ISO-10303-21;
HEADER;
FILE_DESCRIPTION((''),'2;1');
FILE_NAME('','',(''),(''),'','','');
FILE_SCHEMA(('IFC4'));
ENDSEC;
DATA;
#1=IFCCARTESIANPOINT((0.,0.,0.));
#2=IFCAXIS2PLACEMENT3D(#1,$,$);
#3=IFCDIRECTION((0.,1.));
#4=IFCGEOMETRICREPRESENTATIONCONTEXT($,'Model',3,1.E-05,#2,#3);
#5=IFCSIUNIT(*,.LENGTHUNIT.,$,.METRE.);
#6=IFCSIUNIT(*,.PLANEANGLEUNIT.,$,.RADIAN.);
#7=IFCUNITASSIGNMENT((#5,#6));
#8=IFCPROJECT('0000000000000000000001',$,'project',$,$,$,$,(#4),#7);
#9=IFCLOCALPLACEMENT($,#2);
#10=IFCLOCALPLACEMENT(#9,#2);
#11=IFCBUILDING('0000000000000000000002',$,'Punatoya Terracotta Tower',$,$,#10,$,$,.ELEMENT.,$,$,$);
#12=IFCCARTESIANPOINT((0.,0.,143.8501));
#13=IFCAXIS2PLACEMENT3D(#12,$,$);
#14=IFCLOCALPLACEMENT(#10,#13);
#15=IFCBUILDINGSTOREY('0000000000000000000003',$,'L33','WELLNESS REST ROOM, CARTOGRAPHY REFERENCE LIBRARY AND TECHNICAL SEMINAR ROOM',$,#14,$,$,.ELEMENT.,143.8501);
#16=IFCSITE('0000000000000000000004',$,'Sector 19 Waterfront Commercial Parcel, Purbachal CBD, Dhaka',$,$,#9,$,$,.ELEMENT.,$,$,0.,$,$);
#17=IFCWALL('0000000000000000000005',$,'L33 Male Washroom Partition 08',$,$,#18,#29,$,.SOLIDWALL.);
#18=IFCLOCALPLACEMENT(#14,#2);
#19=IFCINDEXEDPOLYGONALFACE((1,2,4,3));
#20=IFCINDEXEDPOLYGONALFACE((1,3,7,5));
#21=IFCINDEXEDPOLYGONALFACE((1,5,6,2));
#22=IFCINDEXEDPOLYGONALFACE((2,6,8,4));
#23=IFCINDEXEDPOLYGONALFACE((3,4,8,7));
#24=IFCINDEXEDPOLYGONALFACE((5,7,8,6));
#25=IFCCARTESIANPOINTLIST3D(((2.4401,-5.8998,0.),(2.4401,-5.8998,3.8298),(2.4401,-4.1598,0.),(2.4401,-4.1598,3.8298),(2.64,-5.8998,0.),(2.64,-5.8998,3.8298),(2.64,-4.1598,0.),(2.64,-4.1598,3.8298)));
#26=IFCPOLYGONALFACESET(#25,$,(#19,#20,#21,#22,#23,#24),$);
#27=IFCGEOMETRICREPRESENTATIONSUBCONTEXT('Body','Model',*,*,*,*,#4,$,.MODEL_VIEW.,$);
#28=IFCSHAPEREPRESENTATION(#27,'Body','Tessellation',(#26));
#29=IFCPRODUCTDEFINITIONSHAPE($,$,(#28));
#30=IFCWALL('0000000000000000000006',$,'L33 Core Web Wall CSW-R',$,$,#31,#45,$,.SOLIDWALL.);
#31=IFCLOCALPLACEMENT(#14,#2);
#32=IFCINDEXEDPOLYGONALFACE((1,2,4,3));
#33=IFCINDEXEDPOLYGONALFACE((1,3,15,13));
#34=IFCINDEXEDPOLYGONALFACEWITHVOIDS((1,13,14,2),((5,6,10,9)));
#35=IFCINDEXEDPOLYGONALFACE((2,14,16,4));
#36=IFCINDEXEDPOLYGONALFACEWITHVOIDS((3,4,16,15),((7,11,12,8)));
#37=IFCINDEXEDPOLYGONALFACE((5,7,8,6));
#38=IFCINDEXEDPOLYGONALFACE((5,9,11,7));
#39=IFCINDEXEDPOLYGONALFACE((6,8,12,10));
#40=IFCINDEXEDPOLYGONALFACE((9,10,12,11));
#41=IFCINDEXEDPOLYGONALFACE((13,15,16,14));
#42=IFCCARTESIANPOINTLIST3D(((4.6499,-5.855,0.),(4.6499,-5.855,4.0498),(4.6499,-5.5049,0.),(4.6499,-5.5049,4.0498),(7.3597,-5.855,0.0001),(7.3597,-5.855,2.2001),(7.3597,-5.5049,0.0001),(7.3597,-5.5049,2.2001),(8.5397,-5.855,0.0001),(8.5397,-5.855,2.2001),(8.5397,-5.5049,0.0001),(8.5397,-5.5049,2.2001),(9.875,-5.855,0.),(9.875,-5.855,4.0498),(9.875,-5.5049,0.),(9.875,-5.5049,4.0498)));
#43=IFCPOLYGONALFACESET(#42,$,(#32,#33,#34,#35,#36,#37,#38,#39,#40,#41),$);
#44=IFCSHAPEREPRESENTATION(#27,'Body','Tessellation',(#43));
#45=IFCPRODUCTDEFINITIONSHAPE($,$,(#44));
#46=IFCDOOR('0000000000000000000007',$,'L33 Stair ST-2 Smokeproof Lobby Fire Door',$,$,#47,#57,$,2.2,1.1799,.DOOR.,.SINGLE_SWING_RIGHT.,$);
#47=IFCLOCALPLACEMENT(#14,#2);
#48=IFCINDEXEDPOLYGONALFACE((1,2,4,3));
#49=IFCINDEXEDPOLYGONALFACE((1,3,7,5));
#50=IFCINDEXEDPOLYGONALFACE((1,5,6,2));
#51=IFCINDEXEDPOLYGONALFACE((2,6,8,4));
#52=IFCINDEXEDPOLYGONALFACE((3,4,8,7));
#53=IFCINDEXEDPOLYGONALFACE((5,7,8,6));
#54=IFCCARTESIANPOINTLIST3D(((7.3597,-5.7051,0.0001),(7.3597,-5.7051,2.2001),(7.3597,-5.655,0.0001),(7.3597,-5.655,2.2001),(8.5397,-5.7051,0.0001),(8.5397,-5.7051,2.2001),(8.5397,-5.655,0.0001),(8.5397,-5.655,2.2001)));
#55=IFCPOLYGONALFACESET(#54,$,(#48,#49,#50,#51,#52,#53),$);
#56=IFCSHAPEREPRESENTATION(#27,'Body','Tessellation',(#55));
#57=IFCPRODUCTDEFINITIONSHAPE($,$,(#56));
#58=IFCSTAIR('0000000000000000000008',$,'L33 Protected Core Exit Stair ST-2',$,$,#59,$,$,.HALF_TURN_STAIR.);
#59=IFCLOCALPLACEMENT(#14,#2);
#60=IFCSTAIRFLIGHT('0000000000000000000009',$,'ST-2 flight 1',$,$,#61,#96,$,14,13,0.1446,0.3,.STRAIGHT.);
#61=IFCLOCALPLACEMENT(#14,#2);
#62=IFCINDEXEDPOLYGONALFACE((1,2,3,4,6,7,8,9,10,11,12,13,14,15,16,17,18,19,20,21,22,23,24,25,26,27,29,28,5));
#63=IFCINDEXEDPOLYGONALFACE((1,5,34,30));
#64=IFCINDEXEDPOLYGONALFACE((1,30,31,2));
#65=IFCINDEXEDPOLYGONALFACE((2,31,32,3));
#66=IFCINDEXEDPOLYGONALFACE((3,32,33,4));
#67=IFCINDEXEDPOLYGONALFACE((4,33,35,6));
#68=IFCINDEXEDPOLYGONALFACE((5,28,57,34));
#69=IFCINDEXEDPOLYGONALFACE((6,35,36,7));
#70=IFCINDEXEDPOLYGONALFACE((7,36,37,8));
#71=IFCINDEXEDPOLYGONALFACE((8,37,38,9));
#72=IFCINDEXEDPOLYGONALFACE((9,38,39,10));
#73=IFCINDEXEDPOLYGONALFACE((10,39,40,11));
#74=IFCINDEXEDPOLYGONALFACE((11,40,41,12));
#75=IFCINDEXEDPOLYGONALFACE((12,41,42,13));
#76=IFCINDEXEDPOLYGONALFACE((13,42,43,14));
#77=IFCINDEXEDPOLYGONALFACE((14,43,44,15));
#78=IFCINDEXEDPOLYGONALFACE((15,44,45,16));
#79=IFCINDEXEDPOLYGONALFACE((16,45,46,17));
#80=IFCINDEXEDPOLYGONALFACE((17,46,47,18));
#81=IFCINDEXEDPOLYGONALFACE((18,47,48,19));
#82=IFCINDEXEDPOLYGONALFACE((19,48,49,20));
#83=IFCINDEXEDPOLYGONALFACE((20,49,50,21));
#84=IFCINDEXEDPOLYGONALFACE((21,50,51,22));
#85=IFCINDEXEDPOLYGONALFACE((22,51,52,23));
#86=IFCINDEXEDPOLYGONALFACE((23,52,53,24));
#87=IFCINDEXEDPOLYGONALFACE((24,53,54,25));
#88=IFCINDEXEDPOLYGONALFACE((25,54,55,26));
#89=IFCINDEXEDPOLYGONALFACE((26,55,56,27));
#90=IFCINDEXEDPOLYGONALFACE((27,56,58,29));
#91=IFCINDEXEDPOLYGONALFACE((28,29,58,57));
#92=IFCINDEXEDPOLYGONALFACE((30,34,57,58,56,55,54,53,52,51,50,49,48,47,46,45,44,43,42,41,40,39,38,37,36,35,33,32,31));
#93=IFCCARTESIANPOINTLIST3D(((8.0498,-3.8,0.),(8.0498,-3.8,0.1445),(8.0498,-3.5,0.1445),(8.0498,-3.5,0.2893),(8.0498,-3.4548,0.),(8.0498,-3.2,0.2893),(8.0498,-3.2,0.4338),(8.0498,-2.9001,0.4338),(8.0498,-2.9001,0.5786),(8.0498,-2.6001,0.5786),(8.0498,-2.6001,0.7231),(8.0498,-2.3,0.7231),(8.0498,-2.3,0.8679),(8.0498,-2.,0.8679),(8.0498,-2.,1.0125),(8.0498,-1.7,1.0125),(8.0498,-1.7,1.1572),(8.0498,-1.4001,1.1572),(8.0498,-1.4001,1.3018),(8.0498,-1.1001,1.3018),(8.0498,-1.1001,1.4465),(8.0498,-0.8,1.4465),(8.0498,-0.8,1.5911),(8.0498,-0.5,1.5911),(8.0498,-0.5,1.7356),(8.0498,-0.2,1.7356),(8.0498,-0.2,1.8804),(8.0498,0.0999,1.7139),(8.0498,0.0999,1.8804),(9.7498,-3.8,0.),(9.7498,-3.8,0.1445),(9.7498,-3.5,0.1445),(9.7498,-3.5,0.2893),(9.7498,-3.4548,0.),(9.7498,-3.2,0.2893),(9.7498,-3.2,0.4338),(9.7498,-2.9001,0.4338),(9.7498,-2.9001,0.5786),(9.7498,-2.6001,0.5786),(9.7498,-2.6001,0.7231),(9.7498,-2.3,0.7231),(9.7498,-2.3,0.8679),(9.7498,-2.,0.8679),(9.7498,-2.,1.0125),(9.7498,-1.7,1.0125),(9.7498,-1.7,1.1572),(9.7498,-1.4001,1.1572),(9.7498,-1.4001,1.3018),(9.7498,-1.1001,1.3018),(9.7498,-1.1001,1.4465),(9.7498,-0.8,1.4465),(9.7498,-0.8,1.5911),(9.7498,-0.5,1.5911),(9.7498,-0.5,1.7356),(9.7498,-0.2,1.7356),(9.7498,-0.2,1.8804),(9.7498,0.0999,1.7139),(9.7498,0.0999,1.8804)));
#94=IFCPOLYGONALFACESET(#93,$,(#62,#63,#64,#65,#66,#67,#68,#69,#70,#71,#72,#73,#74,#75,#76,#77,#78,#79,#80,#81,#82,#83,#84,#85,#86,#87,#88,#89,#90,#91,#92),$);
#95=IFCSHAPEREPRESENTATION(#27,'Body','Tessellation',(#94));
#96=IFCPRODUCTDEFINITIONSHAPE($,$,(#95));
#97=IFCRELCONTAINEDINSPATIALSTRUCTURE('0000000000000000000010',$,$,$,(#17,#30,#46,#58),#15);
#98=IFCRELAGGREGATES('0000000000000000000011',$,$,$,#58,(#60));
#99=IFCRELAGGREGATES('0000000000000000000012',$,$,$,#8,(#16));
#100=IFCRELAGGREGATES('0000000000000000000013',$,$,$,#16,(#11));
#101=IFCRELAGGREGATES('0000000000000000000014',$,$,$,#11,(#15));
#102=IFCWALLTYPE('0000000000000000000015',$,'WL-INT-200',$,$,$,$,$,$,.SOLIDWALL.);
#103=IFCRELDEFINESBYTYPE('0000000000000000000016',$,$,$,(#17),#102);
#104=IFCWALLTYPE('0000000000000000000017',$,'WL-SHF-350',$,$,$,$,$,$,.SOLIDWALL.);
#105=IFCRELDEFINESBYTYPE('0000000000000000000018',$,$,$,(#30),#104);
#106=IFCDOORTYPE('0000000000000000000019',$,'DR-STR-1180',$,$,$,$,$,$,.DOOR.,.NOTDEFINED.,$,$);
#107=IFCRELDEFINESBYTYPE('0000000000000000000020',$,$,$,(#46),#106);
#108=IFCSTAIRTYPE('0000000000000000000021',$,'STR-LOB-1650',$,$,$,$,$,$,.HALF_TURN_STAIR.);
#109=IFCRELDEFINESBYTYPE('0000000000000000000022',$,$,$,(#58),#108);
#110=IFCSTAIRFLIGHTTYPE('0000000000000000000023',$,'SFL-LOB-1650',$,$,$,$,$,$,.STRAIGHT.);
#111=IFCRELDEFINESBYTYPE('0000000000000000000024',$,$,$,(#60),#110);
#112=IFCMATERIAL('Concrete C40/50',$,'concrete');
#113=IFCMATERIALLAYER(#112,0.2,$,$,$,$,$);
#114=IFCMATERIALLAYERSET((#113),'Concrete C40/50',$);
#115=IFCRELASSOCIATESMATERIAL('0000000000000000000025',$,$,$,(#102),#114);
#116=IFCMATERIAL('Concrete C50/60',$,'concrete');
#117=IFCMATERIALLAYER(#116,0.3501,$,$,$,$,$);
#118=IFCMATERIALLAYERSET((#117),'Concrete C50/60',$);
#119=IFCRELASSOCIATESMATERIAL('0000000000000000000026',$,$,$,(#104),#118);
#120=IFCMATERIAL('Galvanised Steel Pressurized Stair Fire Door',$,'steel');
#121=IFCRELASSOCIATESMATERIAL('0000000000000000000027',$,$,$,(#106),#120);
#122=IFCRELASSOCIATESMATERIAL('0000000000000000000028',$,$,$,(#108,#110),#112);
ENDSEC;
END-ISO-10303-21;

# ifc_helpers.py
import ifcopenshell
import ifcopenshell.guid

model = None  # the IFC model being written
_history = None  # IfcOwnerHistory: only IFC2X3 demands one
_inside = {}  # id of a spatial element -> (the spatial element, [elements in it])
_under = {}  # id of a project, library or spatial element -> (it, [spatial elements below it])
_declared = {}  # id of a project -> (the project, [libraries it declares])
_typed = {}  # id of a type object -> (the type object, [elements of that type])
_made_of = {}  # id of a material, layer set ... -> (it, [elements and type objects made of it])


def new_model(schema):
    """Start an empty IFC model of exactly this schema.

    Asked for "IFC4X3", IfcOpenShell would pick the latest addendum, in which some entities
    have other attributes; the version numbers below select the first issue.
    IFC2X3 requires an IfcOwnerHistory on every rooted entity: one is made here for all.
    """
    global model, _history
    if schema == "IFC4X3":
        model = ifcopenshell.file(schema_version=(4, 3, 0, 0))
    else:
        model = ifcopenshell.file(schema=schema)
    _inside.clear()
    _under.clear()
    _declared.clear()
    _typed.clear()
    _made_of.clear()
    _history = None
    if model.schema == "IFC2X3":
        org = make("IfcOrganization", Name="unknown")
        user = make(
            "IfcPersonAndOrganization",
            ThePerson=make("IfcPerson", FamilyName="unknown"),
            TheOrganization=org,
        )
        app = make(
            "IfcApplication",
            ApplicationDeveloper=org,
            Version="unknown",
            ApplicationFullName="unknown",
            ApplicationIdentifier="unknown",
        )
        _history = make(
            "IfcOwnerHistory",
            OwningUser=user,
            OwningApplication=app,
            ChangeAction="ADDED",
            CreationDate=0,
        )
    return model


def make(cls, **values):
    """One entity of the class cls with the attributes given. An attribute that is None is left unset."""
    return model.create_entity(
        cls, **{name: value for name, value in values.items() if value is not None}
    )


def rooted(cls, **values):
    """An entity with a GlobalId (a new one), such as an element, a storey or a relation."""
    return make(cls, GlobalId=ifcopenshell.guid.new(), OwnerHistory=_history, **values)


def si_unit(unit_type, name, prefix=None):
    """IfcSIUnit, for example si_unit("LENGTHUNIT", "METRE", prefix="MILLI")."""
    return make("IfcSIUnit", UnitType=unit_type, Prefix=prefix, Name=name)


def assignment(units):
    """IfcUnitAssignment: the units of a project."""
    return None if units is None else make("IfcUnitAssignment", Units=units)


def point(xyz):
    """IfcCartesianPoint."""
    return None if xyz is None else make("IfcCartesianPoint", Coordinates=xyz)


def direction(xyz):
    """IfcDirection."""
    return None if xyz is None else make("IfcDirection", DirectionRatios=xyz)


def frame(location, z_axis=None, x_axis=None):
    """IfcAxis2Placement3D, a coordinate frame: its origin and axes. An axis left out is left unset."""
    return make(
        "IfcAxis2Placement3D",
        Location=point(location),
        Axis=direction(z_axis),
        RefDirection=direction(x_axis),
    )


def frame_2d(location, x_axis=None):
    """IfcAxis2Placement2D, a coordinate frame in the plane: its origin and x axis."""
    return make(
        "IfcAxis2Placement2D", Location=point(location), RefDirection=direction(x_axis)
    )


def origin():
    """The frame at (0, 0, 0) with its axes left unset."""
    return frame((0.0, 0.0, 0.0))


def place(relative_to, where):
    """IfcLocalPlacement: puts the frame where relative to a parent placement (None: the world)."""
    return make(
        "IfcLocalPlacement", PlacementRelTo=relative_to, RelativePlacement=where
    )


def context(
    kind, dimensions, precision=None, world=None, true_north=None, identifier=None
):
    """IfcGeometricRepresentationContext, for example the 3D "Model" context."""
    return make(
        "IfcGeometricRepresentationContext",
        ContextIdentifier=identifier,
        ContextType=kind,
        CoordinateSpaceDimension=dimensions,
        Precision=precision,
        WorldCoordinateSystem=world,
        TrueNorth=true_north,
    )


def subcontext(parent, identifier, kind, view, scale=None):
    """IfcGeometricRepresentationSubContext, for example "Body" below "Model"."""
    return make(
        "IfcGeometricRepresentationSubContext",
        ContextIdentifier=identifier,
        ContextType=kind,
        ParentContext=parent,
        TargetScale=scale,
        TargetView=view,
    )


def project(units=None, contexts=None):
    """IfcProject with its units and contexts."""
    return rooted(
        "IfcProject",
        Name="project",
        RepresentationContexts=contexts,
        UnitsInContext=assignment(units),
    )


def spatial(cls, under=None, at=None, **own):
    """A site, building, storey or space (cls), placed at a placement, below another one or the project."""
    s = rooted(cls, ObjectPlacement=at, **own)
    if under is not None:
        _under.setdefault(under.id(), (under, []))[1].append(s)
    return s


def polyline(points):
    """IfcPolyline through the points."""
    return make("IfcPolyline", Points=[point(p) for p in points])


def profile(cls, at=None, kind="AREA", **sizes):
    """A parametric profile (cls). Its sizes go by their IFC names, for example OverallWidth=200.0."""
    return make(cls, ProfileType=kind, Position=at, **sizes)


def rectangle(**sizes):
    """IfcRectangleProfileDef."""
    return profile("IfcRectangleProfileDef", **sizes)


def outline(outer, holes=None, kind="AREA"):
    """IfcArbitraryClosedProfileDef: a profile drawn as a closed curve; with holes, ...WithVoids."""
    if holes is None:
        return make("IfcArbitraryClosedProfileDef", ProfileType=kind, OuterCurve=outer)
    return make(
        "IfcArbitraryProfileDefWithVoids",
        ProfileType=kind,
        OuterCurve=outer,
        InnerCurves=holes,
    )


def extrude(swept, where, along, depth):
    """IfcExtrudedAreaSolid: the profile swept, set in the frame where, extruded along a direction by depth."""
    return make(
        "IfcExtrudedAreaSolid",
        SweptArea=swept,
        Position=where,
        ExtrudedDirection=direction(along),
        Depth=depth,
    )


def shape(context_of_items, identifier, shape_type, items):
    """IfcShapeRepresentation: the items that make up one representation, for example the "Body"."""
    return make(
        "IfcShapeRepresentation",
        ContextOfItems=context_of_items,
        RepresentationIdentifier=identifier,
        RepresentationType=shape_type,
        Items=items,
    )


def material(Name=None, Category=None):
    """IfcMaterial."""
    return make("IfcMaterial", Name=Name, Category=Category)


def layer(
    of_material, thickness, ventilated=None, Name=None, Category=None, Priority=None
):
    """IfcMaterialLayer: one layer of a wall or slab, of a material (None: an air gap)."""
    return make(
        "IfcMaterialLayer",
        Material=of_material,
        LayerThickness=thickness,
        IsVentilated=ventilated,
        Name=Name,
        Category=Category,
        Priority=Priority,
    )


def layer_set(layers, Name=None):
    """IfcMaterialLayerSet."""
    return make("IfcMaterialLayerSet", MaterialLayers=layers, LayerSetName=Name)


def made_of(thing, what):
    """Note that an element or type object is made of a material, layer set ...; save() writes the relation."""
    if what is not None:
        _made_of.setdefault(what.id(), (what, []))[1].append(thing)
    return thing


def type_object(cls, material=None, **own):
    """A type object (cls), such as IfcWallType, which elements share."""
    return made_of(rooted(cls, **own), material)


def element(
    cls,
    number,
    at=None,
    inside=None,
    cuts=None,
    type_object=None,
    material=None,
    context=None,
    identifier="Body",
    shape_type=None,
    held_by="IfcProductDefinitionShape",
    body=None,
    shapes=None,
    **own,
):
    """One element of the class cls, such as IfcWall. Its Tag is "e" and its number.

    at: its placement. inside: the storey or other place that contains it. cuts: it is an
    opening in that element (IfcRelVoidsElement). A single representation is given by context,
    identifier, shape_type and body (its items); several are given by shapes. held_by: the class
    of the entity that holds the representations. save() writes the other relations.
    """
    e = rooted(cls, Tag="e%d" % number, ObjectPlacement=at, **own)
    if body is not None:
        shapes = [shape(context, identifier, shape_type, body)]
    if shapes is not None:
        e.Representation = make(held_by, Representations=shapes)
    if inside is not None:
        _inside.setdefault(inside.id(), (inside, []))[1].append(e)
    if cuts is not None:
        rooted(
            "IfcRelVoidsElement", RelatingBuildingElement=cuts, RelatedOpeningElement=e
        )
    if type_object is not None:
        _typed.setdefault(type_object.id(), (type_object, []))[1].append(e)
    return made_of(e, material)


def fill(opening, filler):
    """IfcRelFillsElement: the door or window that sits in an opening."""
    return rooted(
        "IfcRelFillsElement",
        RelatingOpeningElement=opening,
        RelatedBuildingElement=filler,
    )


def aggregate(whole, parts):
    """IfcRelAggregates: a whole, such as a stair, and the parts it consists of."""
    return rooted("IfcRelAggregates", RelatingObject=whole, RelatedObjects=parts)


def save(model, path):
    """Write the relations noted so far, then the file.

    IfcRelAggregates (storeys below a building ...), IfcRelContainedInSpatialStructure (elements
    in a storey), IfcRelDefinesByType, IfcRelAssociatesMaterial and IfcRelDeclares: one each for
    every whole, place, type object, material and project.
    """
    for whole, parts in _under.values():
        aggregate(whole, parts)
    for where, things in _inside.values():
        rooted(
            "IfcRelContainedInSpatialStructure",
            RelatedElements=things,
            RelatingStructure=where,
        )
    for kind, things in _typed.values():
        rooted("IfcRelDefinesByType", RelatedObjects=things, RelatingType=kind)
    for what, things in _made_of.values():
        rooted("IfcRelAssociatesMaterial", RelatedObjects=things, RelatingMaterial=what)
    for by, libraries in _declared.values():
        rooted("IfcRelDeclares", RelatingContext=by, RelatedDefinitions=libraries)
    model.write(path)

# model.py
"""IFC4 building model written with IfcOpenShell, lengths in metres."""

from ifc_helpers import new_model, si_unit, direction, frame, frame_2d, origin, place, context, subcontext, project, spatial, polyline, rectangle, outline, extrude, material, layer, layer_set, type_object, element, fill, aggregate, save


model = new_model("IFC4")

# Units and contexts
model_context = context("Model", 3, precision=1e-05, world=origin(), true_north=direction((0.0, 1.0)))
body_context = subcontext(model_context, "Body", "Model", "MODEL_VIEW")
ifc_project = project(units=[si_unit("LENGTHUNIT", "METRE"), si_unit("PLANEANGLEUNIT", "RADIAN")], contexts=[model_context])

# Site, building, storey
site_placement = place(None, origin())
site = spatial("IfcSite", under=ifc_project, at=site_placement, Name="Sector 19 Waterfront Commercial Parcel, Purbachal CBD, Dhaka", CompositionType="ELEMENT", RefElevation=0.0)
building_placement = place(site_placement, origin())
building = spatial("IfcBuilding", under=site, at=building_placement, Name="Punatoya Terracotta Tower", CompositionType="ELEMENT")
storey_placement = place(building_placement, frame((0.0, 0.0, 143.8501)))
storey = spatial("IfcBuildingStorey", under=building, at=storey_placement, Name="L33", Description="WELLNESS REST ROOM, CARTOGRAPHY REFERENCE LIBRARY AND TECHNICAL SEMINAR ROOM", CompositionType="ELEMENT", Elevation=143.8501)

# Wall
ifc_material_1 = material(Name="Concrete C40/50", Category="concrete")
ifc_layer_1 = layer(ifc_material_1, 0.2)
ifc_layer_set_1 = layer_set([ifc_layer_1], Name="Concrete C40/50")
wall_type_1 = type_object("IfcWallType", Name="WL-INT-200", PredefinedType="SOLIDWALL", material=ifc_layer_set_1)
wall_1_placement = place(storey_placement, frame((2.54, -5.8999, 0.0), z_axis=(0.0, 0.0, 1.0), x_axis=(0.0, 1.0, 0.0)))
element("IfcWall", 1, at=wall_1_placement, inside=storey, type_object=wall_type_1, Name="L33 Male Washroom Partition 08", PredefinedType="SOLIDWALL", context=body_context, shape_type="SweptSolid", body=[
    extrude(rectangle(XDim=1.74, YDim=0.2, at=frame_2d((0.8701, 0.0))), origin(), (0.0, 0.0, 1.0), 3.8298),
])

# Wall, opening, door
ifc_material_2 = material(Name="Concrete C50/60", Category="concrete")
ifc_layer_2 = layer(ifc_material_2, 0.3501)
ifc_layer_set_2 = layer_set([ifc_layer_2], Name="Concrete C50/60")
wall_type_2 = type_object("IfcWallType", Name="WL-SHF-350", PredefinedType="SOLIDWALL", material=ifc_layer_set_2)
wall_2_placement = place(storey_placement, frame((4.6499, -5.6799, 0.0), z_axis=(0.0, 0.0, 1.0), x_axis=(1.0, 0.0, 0.0)))
wall_2 = element("IfcWall", 2, at=wall_2_placement, inside=storey, type_object=wall_type_2, Name="L33 Core Web Wall CSW-R", PredefinedType="SOLIDWALL", context=body_context, shape_type="SweptSolid", body=[
    extrude(rectangle(XDim=5.2251, YDim=0.3501, at=frame_2d((2.6125, 0.0))), origin(), (0.0, 0.0, 1.0), 4.0498),
])
opening_1_placement = place(wall_2_placement, frame((2.71, 0.0, 0.0)))
opening_1 = element("IfcOpeningElement", 3, at=opening_1_placement, cuts=wall_2, PredefinedType="OPENING", context=body_context, shape_type="SweptSolid", body=[
    extrude(rectangle(XDim=1.1799, YDim=2.2, at=frame_2d((0.5898, 1.1001))), frame((0.0, 0.1851, 0.0), z_axis=(0.0, -1.0, 0.0), x_axis=(1.0, 0.0, 0.0)), (0.0, 0.0, 1.0), 0.3701),
])
ifc_material_3 = material(Name="Galvanised Steel Pressurized Stair Fire Door", Category="steel")
door_type_1 = type_object("IfcDoorType", Name="DR-STR-1180", OperationType="NOTDEFINED", PredefinedType="DOOR", material=ifc_material_3)
door_1_placement = place(opening_1_placement, origin())
door_1 = element("IfcDoor", 4, at=door_1_placement, inside=storey, type_object=door_type_1, Name="L33 Stair ST-2 Smokeproof Lobby Fire Door", OperationType="SINGLE_SWING_RIGHT", OverallHeight=2.2, OverallWidth=1.1799, PredefinedType="DOOR", context=body_context, shape_type="SweptSolid", body=[
    extrude(rectangle(XDim=1.1799, YDim=2.2, at=frame_2d((0.5898, 1.1001))), frame((0.0, 0.0249, 0.0), z_axis=(0.0, -1.0, 0.0), x_axis=(1.0, 0.0, 0.0)), (0.0, 0.0, 1.0), 0.05),
])
fill(opening_1, door_1)

# Stair, stair flight
stair_type = type_object("IfcStairType", Name="STR-LOB-1650", PredefinedType="HALF_TURN_STAIR", material=ifc_material_1)
stair_placement = place(storey_placement, origin())
stair = element("IfcStair", 5, at=stair_placement, inside=storey, type_object=stair_type, Name="L33 Protected Core Exit Stair ST-2", PredefinedType="HALF_TURN_STAIR")
stair_flight_type = type_object("IfcStairFlightType", Name="SFL-LOB-1650", PredefinedType="STRAIGHT", material=ifc_material_1)
stair_flight_placement = place(storey_placement, frame((8.8999, -3.8, 0.0), z_axis=(0.0, 0.0, 1.0), x_axis=(0.0, 1.0, 0.0)))
stair_flight = element("IfcStairFlight", 6, at=stair_flight_placement, type_object=stair_flight_type, Name="ST-2 flight 1", NumberOfRisers=14, NumberOfTreads=13, PredefinedType="STRAIGHT", RiserHeight=0.1446, TreadLength=0.3, context=body_context, shape_type="SweptSolid", body=[
    extrude(outline(polyline([(0.0, 0.0), (0.0, 0.1445), (0.3, 0.1445), (0.3, 0.2893), (0.6001, 0.2893), (0.6001, 0.4338), (0.8999, 0.4338), (0.8999, 0.5786), (1.2, 0.5786), (1.2, 0.7231), (1.5, 0.7231), (1.5, 0.8679), (1.8, 0.8679), (1.8, 1.0125), (2.1001, 1.0125), (2.1001, 1.1572), (2.3999, 1.1572), (2.3999, 1.3018), (2.7, 1.3018), (2.7, 1.4465), (3.0, 1.4465), (3.0, 1.5911), (3.3, 1.5911), (3.3, 1.7356), (3.6001, 1.7356), (3.6001, 1.8804), (3.8999, 1.8804), (3.8999, 2.0249), (3.8999, 1.7139), (0.3452, 0.0), (0.0, 0.0)])), frame((0.0, 0.8501, 0.0), z_axis=(0.0, -1.0, 0.0), x_axis=(1.0, 0.0, 0.0)), (0.0, 0.0, 1.0), 1.7),
])
aggregate(stair, [stair_flight])

save(model, "model.ifc")
